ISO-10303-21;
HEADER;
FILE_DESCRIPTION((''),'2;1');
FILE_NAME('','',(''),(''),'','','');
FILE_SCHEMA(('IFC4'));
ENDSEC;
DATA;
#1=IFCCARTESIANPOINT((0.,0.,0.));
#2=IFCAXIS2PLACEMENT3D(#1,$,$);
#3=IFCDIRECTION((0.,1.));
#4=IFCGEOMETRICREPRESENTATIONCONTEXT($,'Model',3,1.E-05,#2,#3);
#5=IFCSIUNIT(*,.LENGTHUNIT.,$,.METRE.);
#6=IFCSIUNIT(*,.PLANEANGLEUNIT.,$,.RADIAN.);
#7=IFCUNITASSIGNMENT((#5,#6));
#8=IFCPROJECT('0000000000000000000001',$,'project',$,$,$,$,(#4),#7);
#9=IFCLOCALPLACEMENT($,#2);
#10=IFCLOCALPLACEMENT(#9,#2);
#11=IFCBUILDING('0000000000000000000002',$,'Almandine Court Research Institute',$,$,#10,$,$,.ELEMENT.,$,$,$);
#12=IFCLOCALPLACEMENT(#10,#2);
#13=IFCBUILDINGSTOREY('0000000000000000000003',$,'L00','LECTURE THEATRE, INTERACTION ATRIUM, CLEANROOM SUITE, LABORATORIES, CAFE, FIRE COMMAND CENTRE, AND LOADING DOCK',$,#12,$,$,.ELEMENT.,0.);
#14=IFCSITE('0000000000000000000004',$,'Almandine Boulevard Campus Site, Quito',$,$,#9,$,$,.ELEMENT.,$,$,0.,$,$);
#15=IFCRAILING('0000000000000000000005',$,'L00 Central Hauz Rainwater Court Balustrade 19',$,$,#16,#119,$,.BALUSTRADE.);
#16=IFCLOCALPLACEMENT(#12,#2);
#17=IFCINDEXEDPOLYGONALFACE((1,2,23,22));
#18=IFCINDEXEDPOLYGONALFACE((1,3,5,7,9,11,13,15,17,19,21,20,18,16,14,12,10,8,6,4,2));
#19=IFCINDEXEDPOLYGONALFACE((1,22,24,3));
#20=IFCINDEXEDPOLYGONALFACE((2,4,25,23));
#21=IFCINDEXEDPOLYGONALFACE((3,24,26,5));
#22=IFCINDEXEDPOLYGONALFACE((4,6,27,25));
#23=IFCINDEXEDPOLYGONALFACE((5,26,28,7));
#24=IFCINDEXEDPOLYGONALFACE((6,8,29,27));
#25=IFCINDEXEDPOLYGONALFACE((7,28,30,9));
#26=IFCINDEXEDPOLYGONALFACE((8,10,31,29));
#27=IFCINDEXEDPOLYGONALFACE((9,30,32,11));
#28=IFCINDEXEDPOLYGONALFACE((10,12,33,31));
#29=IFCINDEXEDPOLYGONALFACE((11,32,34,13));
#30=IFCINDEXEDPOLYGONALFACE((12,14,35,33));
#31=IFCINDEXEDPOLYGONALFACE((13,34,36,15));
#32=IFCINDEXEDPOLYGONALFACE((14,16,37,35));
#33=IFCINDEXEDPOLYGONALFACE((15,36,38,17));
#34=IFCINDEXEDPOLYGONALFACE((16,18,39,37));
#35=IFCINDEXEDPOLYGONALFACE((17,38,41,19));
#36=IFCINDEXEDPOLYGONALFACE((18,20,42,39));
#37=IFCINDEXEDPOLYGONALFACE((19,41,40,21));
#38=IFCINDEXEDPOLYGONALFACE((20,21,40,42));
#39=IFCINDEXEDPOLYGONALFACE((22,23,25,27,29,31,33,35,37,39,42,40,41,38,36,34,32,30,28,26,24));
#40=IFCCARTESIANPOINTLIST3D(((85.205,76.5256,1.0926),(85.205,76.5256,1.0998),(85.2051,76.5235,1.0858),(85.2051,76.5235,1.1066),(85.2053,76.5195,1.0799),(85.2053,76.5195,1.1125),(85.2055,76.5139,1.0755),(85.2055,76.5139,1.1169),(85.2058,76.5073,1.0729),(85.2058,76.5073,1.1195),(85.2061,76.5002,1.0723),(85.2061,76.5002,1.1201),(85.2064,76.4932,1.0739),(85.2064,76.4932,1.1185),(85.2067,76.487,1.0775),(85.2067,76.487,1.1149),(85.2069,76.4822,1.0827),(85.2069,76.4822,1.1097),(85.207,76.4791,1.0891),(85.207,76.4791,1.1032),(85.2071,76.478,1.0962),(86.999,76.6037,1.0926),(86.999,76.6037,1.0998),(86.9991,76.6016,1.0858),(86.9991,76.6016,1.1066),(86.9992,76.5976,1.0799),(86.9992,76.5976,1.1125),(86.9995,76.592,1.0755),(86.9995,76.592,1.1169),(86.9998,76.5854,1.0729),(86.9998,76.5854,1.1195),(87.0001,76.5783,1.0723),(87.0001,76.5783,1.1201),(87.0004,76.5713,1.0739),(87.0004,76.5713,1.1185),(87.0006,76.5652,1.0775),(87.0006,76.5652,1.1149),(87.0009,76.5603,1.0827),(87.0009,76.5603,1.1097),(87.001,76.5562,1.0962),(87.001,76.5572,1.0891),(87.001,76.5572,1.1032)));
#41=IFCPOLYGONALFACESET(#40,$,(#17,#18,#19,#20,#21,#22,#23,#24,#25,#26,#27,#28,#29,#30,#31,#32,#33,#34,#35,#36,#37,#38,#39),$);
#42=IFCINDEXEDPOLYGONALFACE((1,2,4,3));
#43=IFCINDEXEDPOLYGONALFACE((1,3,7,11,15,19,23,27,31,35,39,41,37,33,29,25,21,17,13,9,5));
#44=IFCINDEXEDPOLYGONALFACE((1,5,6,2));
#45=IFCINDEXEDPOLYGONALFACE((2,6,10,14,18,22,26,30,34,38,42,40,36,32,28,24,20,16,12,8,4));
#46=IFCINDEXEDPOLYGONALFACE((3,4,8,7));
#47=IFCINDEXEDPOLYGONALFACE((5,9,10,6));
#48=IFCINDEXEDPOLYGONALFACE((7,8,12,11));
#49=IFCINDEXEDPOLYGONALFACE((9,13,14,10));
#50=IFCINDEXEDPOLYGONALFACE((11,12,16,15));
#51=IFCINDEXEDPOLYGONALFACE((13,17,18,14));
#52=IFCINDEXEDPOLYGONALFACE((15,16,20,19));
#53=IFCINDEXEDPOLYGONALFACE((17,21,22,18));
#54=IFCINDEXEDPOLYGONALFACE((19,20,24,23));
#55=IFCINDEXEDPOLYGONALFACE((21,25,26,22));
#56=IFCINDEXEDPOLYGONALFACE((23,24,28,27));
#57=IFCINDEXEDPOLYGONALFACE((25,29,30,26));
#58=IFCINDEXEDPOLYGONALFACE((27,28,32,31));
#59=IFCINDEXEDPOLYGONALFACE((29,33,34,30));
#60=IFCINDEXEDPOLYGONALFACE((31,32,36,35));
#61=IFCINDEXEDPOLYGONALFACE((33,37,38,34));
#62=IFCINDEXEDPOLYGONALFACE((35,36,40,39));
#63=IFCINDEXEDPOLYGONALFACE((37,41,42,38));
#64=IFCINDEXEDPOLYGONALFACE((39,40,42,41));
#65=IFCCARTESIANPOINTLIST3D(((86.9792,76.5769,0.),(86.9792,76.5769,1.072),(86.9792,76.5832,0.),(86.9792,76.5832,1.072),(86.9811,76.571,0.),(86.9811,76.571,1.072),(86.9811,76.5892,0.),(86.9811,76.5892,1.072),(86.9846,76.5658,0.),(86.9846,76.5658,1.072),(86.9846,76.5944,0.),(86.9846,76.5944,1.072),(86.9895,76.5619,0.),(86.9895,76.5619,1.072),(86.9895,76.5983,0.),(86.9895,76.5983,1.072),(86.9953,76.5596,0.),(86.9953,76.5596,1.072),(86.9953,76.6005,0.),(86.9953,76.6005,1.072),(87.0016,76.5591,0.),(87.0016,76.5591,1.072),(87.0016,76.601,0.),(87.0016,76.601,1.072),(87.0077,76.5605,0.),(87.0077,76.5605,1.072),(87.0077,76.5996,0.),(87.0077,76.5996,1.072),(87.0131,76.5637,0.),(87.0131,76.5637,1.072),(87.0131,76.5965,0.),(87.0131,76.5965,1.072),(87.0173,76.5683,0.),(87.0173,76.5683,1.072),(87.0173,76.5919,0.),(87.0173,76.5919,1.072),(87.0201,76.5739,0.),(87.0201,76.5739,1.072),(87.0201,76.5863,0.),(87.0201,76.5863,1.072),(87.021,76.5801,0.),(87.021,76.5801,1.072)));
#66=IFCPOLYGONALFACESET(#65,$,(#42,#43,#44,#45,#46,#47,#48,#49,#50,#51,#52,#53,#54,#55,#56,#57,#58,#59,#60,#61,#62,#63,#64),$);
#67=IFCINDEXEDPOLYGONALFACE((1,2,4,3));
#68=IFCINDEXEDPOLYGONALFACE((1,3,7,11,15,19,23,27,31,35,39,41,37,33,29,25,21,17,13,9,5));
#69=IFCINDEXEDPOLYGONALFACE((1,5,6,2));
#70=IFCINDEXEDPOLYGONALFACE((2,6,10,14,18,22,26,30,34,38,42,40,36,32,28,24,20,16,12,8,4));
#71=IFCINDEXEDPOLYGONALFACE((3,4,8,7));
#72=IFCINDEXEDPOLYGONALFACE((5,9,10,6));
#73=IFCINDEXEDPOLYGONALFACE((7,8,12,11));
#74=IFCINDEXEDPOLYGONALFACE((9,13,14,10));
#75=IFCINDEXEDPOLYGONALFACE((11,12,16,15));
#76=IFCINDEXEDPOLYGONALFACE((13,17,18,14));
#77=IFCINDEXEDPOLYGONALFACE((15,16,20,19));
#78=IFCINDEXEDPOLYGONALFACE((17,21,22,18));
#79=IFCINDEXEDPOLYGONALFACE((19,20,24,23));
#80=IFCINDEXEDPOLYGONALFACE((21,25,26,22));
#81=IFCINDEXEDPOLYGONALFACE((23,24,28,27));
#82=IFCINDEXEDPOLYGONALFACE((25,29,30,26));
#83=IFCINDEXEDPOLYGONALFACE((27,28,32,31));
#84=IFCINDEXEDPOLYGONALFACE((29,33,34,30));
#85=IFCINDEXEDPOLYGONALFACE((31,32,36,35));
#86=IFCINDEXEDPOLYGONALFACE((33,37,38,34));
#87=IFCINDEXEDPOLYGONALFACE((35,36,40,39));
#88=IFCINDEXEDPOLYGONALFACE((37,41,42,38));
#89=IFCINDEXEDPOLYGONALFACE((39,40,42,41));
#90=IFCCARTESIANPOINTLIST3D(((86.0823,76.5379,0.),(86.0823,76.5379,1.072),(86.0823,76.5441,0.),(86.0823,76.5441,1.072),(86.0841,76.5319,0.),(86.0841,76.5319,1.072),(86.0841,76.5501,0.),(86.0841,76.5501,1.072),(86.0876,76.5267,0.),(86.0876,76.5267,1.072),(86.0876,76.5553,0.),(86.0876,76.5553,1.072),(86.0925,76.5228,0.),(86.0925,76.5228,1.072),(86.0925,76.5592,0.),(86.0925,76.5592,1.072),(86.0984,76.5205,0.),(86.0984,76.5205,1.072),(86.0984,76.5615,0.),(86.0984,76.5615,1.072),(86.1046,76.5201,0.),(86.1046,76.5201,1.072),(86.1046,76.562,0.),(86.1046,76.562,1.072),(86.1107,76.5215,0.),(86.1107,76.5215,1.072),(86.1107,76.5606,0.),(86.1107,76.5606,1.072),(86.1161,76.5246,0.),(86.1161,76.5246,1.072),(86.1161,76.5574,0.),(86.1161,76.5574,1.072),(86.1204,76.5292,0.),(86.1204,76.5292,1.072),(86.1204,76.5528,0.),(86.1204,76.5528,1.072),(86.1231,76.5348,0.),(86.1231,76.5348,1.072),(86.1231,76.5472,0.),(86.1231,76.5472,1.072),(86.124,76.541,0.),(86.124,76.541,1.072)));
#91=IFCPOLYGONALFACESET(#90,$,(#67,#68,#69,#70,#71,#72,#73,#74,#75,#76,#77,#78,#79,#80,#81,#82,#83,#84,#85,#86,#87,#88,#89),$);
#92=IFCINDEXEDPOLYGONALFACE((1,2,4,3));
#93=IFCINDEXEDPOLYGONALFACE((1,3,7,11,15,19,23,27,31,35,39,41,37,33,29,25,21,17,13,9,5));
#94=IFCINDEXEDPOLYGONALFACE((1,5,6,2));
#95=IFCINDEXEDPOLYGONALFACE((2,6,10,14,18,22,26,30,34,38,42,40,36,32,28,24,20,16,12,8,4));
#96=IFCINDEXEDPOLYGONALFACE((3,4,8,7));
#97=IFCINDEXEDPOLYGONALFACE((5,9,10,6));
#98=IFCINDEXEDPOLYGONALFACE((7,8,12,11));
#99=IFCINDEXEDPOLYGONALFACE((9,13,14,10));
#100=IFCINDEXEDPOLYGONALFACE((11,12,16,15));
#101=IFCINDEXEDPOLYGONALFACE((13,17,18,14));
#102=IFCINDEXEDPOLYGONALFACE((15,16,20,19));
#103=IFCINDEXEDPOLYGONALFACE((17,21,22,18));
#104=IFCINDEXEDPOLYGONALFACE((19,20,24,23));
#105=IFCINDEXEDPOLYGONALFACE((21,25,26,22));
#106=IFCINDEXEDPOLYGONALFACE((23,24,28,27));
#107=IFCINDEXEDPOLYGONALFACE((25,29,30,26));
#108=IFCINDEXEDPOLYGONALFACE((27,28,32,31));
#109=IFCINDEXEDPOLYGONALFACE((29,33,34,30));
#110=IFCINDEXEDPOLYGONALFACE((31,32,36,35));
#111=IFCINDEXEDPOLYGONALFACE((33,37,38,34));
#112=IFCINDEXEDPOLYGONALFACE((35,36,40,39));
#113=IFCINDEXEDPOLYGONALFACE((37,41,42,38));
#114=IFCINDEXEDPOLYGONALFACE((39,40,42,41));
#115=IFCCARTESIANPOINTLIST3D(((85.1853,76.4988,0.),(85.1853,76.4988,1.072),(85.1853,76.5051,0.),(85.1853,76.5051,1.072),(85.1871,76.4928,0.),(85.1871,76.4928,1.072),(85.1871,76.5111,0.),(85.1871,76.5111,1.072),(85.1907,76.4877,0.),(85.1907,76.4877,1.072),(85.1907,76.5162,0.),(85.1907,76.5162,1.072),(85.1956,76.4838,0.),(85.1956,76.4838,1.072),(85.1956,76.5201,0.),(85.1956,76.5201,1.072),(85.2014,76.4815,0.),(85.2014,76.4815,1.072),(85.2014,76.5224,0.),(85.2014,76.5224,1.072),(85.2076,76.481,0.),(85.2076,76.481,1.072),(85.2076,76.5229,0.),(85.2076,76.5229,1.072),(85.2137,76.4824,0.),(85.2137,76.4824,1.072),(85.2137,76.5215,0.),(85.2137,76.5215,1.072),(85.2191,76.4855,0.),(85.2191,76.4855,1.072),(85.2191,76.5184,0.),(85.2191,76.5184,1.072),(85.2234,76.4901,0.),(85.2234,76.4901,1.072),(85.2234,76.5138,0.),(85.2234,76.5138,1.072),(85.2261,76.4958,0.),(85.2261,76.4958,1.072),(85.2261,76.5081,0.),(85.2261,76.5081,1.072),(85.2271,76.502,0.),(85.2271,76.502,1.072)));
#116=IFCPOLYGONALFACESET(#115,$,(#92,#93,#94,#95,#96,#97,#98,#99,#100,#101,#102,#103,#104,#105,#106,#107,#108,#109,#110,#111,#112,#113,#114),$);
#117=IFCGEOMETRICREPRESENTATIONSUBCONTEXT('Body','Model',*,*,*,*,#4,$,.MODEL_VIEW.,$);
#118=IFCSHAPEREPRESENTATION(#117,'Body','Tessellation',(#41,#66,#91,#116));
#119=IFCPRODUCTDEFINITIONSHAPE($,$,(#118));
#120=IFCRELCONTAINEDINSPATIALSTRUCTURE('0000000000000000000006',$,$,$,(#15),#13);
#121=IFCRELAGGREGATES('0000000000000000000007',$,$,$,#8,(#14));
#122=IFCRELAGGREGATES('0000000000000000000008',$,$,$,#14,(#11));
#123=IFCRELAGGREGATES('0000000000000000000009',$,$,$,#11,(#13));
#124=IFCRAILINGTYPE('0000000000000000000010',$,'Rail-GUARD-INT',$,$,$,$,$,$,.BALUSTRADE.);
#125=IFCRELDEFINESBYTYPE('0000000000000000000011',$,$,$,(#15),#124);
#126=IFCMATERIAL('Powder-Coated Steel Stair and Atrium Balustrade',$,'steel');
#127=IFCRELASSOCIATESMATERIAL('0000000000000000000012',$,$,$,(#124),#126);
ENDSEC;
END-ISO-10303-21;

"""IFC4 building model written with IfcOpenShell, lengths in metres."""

from ifc_helpers import new_model, si_unit, direction, frame, origin, origin_2d, place, context, subcontext, project, spatial, circle, extrude, material, type_object, element, save


model = new_model("IFC4")

# Units and contexts
model_context = context("Model", 3, precision=1e-05, world=origin(), true_north=direction((0.0, 1.0)))
body_context = subcontext(model_context, "Body", "Model", "MODEL_VIEW")
ifc_project = project(units=[si_unit("LENGTHUNIT", "METRE"), si_unit("PLANEANGLEUNIT", "RADIAN")], contexts=[model_context])

# Site, building, storey
site_placement = place(None, origin())
site = spatial("IfcSite", under=ifc_project, at=site_placement, Name="Almandine Boulevard Campus Site, Quito", CompositionType="ELEMENT", RefElevation=0.0)
building_placement = place(site_placement, origin())
building = spatial("IfcBuilding", under=site, at=building_placement, Name="Almandine Court Research Institute", CompositionType="ELEMENT")
storey_placement = place(building_placement, origin())
storey = spatial("IfcBuildingStorey", under=building, at=storey_placement, Name="L00", Description="LECTURE THEATRE, INTERACTION ATRIUM, CLEANROOM SUITE, LABORATORIES, CAFE, FIRE COMMAND CENTRE, AND LOADING DOCK", CompositionType="ELEMENT", Elevation=0.0)

# Railing
ifc_material_1 = material(Name="Powder-Coated Steel Stair and Atrium Balustrade", Category="steel")
railing_type_1 = type_object("IfcRailingType", Name="Rail-GUARD-INT", PredefinedType="BALUSTRADE", material=ifc_material_1)
railing_1_placement = place(storey_placement, frame((87.0, 76.5801, 0.0)))
element("IfcRailing", 1, at=railing_1_placement, inside=storey, type_object=railing_type_1, Name="L00 Central Hauz Rainwater Court Balustrade 19", PredefinedType="BALUSTRADE", context=body_context, shape_type="SweptSolid", body=[
    extrude(circle(Radius=0.0239, at=origin_2d()), frame((0.0, 0.0, 1.0962), z_axis=(-0.999053, -0.043508, 0.0), x_axis=(0.043508, -0.999053, 0.0)), (0.0, 0.0, 1.0), 1.7957),
    extrude(circle(Radius=0.021, at=origin_2d()), origin(), (0.0, 0.0, 1.0), 1.072),
    extrude(circle(Radius=0.021, at=origin_2d()), frame((-0.897, -0.0391, 0.0)), (0.0, 0.0, 1.0), 1.072),
    extrude(circle(Radius=0.021, at=origin_2d()), frame((-1.7939, -0.0781, 0.0)), (0.0, 0.0, 1.0), 1.072),
])

save(model, "model.ifc")
